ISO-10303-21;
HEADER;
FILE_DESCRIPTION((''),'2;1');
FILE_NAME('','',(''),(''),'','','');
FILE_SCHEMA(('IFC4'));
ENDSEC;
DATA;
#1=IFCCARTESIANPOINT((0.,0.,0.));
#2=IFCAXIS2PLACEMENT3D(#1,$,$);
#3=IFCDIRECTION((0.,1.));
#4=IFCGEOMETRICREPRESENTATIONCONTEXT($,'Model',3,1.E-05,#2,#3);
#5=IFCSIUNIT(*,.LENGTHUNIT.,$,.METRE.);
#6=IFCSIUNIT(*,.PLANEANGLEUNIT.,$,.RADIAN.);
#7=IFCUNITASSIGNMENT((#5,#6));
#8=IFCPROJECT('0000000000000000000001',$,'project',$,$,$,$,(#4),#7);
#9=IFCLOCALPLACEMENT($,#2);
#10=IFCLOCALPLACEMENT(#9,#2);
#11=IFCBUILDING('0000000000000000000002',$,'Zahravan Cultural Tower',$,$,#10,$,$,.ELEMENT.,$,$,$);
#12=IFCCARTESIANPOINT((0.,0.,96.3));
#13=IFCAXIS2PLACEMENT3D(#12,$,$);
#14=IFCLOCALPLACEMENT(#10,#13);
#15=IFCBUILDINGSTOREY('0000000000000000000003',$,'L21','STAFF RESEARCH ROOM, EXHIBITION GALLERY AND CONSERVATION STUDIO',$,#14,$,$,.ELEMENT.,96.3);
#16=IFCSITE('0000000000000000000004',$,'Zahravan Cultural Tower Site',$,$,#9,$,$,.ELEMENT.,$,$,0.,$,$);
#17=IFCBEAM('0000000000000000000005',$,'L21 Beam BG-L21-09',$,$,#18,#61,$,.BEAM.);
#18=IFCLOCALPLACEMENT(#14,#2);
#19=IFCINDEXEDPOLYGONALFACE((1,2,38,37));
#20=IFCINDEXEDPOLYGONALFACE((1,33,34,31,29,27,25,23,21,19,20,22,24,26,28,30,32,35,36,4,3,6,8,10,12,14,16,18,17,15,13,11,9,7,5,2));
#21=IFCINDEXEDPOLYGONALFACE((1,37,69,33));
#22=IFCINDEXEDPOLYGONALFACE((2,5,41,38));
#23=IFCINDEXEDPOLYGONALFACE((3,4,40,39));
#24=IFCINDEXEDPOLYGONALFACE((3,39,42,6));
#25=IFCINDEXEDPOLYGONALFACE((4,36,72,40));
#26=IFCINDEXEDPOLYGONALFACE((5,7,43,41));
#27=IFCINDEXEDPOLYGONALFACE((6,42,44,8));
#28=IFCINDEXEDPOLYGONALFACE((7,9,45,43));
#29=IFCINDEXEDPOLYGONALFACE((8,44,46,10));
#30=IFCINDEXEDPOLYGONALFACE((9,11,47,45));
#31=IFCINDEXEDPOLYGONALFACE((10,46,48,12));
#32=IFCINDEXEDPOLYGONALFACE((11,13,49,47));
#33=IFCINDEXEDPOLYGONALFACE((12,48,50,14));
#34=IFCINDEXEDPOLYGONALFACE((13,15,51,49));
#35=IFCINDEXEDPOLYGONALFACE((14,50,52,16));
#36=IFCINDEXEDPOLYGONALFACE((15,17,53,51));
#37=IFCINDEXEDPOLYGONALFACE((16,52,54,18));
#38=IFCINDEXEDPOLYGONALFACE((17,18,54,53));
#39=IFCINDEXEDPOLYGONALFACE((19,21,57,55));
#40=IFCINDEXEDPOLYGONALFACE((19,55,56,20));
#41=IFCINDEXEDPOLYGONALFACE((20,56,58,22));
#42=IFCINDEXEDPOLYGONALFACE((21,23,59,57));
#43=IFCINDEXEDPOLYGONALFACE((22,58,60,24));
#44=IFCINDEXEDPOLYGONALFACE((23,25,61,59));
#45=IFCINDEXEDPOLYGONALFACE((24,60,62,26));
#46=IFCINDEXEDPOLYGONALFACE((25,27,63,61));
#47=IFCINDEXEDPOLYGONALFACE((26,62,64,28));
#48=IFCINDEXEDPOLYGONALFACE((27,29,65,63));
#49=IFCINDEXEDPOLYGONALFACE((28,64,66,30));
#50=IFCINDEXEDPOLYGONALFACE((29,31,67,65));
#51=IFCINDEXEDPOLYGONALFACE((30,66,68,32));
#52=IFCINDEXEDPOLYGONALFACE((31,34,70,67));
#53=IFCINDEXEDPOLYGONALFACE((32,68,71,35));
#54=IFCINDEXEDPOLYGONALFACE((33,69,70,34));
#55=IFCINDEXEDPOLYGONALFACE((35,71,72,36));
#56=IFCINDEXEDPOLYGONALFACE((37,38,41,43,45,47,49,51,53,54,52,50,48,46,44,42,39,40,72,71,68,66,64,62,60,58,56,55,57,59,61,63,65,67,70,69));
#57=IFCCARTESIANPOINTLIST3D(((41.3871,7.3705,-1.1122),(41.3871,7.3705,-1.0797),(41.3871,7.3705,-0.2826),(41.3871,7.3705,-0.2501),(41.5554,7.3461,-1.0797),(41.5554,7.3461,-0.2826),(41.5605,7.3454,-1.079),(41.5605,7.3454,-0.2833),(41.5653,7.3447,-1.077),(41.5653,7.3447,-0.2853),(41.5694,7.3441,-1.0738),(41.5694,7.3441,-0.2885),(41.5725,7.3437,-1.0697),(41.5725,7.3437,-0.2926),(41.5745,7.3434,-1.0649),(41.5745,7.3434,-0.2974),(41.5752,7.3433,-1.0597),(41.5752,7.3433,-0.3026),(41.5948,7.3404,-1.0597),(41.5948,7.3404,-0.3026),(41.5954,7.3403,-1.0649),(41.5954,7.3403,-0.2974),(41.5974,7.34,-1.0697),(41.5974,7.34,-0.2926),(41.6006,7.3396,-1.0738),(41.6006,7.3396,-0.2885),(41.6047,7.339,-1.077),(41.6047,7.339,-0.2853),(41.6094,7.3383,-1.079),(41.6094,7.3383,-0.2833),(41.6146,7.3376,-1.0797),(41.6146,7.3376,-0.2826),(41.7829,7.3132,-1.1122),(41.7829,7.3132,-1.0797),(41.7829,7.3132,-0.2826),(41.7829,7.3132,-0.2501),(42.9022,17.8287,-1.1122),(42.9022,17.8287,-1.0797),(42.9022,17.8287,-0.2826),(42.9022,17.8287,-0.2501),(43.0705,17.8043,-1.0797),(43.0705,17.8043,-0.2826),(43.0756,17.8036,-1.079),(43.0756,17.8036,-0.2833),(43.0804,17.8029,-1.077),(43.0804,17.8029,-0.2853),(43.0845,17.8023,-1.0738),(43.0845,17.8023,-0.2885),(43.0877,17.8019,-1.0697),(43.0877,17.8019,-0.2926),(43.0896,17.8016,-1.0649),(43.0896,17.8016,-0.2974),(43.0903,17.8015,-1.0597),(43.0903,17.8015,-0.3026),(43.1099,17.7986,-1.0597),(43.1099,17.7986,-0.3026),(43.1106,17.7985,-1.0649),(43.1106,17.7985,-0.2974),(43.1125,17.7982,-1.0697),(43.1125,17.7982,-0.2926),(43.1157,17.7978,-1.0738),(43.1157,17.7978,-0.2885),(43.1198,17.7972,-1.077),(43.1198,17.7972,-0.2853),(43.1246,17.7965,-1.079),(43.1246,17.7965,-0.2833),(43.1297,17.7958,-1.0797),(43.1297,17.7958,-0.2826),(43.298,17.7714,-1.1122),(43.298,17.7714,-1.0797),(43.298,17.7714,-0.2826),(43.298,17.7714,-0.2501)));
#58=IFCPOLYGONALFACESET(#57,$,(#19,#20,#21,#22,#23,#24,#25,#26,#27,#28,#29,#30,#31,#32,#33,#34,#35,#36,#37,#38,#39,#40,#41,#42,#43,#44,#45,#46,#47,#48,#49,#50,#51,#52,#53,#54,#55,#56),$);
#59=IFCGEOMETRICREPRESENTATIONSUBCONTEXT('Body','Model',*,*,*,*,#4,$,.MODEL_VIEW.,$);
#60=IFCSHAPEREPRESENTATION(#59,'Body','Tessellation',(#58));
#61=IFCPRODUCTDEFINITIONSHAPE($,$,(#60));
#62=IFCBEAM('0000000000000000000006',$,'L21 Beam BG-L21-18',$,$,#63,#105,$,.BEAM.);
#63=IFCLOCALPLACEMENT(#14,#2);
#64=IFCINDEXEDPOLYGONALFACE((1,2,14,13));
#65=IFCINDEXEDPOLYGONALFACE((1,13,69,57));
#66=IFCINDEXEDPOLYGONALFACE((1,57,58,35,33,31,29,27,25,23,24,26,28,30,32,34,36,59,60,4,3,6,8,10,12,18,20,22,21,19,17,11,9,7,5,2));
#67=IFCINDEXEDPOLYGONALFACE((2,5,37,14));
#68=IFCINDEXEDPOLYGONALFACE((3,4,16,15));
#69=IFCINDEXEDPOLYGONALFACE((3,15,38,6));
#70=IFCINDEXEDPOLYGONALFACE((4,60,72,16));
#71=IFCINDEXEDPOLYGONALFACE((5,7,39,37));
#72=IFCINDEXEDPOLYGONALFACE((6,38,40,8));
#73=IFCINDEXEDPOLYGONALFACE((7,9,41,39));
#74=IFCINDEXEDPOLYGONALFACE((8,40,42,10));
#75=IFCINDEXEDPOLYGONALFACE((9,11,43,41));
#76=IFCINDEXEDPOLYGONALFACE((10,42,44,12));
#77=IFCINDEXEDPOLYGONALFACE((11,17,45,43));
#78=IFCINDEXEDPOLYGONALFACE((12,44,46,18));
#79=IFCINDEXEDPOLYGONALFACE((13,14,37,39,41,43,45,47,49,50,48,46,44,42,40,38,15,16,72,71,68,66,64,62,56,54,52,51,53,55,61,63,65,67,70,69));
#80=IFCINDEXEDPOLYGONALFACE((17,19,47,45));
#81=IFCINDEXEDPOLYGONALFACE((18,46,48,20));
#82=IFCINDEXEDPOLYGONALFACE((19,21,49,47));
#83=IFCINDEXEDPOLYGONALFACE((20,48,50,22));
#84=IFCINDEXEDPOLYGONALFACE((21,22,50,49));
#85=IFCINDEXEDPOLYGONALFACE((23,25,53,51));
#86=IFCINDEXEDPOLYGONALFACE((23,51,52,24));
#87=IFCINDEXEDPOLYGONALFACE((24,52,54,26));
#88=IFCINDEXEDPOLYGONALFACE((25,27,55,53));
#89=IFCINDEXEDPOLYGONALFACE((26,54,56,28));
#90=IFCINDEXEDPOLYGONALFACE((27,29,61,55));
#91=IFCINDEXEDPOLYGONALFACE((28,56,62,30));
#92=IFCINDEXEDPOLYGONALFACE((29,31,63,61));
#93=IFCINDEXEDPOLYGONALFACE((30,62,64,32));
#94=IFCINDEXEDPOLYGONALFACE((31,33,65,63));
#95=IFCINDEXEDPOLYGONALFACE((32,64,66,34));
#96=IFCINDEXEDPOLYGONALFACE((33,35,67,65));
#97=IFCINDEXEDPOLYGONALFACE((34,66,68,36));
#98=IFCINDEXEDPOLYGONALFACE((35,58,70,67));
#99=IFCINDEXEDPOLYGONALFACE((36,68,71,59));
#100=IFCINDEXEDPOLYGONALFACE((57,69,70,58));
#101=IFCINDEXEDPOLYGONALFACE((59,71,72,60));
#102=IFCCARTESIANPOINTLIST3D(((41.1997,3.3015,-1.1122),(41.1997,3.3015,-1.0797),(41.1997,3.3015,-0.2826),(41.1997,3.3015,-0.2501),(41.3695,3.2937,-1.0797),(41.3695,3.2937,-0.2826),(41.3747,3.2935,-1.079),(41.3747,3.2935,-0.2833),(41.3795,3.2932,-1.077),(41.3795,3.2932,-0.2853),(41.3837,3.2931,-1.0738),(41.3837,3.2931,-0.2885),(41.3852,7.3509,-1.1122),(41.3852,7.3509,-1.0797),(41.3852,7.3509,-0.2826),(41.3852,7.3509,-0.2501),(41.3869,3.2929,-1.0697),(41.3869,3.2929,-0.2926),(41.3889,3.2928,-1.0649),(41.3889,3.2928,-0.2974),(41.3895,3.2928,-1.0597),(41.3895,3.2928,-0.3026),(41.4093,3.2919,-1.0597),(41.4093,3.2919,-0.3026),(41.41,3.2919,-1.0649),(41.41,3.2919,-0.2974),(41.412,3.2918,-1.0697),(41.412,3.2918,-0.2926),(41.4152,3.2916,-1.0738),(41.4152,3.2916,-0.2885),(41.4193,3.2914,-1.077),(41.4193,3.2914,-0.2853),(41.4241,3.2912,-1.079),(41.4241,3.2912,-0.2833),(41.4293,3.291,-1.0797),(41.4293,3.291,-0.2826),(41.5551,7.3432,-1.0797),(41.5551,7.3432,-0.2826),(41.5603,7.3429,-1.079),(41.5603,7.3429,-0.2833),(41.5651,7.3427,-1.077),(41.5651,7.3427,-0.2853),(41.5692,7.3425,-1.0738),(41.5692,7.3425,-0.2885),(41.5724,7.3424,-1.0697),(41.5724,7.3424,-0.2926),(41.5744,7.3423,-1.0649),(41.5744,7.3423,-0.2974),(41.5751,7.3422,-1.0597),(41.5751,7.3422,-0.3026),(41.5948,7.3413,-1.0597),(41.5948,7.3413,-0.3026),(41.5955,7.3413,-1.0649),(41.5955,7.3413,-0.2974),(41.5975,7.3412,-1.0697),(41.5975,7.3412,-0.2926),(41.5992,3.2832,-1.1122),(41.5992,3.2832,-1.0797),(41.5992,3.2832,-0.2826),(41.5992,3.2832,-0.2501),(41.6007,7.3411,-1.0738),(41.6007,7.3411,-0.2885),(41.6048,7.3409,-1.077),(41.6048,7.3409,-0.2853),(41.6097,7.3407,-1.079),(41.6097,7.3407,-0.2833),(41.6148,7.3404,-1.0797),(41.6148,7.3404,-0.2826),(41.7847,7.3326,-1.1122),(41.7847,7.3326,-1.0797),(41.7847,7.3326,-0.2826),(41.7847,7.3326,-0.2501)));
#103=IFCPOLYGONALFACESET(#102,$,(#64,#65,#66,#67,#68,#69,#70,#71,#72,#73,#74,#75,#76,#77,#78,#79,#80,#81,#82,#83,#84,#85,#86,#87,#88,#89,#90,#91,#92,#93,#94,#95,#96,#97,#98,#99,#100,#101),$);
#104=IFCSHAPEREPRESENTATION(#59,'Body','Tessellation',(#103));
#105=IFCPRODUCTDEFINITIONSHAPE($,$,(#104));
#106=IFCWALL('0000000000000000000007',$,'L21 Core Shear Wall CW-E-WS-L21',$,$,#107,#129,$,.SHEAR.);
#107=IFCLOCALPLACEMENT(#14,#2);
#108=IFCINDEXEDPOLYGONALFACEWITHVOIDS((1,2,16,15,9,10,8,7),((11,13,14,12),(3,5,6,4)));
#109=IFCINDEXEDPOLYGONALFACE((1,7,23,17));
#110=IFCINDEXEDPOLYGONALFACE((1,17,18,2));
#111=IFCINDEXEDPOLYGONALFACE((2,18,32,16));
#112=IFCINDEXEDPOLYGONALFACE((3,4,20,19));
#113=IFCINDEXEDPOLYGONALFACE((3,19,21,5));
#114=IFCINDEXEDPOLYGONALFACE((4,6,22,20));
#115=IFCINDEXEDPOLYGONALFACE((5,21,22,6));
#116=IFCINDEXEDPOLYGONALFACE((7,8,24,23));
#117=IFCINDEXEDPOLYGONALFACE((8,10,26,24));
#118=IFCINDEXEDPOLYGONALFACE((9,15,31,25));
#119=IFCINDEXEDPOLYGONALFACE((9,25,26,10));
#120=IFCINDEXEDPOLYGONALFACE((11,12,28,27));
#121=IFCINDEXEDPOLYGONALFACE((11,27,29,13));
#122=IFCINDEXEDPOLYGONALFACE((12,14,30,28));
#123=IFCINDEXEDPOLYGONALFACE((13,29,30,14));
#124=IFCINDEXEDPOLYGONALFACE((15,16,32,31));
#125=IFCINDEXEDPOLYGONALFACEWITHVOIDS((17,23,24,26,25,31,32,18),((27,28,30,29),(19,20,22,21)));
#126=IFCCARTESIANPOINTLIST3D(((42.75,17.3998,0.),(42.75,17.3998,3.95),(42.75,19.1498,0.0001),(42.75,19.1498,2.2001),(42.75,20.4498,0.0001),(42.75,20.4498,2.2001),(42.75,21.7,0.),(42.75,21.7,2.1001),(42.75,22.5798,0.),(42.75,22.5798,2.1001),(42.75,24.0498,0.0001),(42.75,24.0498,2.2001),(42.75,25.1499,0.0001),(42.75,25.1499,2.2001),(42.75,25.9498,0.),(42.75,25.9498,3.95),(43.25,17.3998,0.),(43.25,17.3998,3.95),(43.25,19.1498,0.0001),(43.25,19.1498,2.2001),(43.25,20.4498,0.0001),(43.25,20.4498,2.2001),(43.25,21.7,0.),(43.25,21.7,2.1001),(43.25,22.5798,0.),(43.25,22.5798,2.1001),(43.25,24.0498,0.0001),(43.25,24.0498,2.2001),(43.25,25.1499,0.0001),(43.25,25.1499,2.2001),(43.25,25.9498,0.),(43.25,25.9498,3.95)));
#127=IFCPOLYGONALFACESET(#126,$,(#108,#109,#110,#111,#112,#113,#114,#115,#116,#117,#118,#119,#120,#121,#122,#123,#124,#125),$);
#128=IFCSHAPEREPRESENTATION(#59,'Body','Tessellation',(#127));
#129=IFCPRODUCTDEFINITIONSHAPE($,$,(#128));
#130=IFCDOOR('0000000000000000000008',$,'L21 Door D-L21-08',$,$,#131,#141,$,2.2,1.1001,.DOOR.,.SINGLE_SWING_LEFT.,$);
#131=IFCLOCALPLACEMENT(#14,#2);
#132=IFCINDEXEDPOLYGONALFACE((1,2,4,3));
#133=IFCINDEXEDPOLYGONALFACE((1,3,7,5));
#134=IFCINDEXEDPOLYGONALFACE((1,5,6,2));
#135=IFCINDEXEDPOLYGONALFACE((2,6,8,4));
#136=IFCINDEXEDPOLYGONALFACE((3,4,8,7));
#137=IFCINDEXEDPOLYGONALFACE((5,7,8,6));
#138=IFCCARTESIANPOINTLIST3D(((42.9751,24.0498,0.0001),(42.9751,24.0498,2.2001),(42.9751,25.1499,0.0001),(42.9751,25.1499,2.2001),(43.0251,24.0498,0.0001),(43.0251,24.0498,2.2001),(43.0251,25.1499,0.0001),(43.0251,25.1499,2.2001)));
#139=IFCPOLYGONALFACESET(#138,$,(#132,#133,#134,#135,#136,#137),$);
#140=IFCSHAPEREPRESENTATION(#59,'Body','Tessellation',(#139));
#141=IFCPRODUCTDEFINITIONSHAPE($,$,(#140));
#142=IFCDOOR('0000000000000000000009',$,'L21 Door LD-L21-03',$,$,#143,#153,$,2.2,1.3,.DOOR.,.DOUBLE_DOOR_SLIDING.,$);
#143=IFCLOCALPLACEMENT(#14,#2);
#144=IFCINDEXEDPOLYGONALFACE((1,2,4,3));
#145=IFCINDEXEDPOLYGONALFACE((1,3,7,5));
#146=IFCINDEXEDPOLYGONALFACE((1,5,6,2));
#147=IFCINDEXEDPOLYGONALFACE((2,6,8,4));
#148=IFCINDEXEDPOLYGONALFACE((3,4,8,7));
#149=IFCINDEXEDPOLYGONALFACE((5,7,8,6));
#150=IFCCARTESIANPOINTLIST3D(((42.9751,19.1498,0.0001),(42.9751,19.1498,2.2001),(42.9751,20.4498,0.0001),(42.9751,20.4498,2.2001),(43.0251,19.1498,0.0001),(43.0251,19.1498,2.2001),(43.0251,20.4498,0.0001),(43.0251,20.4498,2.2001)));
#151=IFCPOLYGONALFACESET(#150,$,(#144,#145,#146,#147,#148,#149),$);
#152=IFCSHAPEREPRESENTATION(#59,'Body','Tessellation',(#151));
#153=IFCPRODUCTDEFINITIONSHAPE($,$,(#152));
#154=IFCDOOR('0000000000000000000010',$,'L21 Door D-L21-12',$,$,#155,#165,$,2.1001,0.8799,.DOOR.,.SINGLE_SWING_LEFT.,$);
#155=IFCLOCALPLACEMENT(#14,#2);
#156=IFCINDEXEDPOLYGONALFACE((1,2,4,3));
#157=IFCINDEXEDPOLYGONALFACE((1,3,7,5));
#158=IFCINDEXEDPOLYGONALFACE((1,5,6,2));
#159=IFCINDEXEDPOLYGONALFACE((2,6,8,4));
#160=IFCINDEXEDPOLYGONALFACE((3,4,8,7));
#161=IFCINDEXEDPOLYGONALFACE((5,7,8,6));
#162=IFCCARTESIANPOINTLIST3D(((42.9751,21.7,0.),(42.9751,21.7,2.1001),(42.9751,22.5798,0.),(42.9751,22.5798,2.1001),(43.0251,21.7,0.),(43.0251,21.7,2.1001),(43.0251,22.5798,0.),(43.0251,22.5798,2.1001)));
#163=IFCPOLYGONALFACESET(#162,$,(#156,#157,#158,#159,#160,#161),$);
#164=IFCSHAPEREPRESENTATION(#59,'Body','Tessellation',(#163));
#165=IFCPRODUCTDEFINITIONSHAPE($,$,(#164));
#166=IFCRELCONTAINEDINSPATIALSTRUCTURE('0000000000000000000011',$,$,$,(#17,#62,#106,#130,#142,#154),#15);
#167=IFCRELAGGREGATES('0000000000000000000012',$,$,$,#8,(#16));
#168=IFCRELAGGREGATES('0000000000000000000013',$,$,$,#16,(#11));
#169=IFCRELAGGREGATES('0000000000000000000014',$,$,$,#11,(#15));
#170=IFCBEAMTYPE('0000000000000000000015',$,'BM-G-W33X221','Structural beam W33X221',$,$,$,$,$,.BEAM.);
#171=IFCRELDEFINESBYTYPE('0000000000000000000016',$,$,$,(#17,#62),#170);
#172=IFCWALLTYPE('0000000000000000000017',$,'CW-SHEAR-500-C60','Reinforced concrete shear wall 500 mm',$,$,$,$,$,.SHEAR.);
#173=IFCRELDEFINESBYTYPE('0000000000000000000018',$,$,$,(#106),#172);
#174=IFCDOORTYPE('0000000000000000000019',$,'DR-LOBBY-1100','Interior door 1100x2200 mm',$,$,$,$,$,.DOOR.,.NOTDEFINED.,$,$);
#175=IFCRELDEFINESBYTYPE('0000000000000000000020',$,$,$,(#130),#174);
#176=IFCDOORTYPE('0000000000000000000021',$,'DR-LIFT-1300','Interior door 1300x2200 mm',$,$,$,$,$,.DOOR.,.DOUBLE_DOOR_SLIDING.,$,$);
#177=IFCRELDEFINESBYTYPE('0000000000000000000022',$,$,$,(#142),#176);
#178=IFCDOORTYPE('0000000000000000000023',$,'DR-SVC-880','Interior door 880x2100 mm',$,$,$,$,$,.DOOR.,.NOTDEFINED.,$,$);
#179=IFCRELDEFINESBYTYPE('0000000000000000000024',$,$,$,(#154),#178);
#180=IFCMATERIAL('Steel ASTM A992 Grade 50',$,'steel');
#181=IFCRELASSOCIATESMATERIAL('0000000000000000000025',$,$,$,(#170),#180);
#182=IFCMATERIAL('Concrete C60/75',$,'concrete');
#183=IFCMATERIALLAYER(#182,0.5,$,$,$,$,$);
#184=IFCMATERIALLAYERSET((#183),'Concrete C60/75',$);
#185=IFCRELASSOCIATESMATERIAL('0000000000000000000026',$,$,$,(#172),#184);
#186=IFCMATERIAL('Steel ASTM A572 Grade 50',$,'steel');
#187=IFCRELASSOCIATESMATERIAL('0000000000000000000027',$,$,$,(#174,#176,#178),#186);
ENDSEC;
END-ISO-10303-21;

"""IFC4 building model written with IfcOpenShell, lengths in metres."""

from ifc_helpers import new_model, si_unit, direction, frame, frame_2d, origin, origin_2d, place, context, subcontext, project, spatial, rectangle, i_section, extrude, source, transform, mapped, material, layer, layer_set, material_profile, profile_set, type_object, element, fill, save


model = new_model("IFC4")

# Units and contexts
model_context = context("Model", 3, precision=1e-05, world=origin(), true_north=direction((0.0, 1.0)))
body_context = subcontext(model_context, "Body", "Model", "MODEL_VIEW")
ifc_project = project(units=[si_unit("LENGTHUNIT", "METRE"), si_unit("PLANEANGLEUNIT", "RADIAN")], contexts=[model_context])

# Site, building, storey
site_placement = place(None, origin())
site = spatial("IfcSite", under=ifc_project, at=site_placement, Name="Zahravan Cultural Tower Site", CompositionType="ELEMENT", RefElevation=0.0)
building_placement = place(site_placement, origin())
building = spatial("IfcBuilding", under=site, at=building_placement, Name="Zahravan Cultural Tower", CompositionType="ELEMENT")
storey_placement = place(building_placement, frame((0.0, 0.0, 96.3)))
storey = spatial("IfcBuildingStorey", under=building, at=storey_placement, Name="L21", Description="STAFF RESEARCH ROOM, EXHIBITION GALLERY AND CONSERVATION STUDIO", CompositionType="ELEMENT", Elevation=96.3)

# Shared definitions
ifc_material_1 = material(Name="Concrete C60/75", Category="concrete")
ifc_material_2 = material(Name="Steel ASTM A992 Grade 50", Category="steel")

# Beams
ifc_material_profile_1 = material_profile(ifc_material_2, i_section(OverallWidth=0.3999, OverallDepth=0.8621, WebThickness=0.0198, FlangeThickness=0.0325, FilletRadius=0.02, at=origin_2d()), Name="W33X221")
ifc_profile_set_1 = profile_set([ifc_material_profile_1], Name="Steel ASTM A992 Grade 50")
beam_type_1 = type_object("IfcBeamType", Name="BM-G-W33X221", Description="Structural beam W33X221", PredefinedType="BEAM", material=ifc_profile_set_1)
shared_shape_1 = source(origin(), body_context, "Body", "SweptSolid", [
    extrude(i_section(OverallWidth=0.3999, OverallDepth=0.8621, WebThickness=0.0198, FlangeThickness=0.0325, FilletRadius=0.02, at=origin_2d()), origin(), (0.0, 0.0, 1.0), 10.5674),
])
beam_1_placement = place(storey_placement, frame((43.1001, 17.8, -0.6812), z_axis=(-0.143378, -0.989668, 0.0), x_axis=(0.989668, -0.143378, 0.0)))
element("IfcBeam", 1, at=beam_1_placement, inside=storey, type_object=beam_type_1, Name="L21 Beam BG-L21-09", PredefinedType="BEAM", context=body_context, shape_type="MappedRepresentation", body=[
    mapped(shared_shape_1, transform((0.0, 0.0, 0.0), x_axis=(1.0, 0.0, 0.0), y_axis=(0.0, 1.0, 0.0), z_axis=(0.0, 0.0, 1.0), scale=1.0)),
])
shared_shape_2 = source(origin(), body_context, "Body", "SweptSolid", [
    extrude(i_section(OverallWidth=0.3999, OverallDepth=0.8621, WebThickness=0.0198, FlangeThickness=0.0325, FilletRadius=0.02, at=origin_2d()), origin(), (0.0, 0.0, 1.0), 4.0537),
])
beam_2_placement = place(storey_placement, frame((41.585, 7.3418, -0.6812), z_axis=(-0.045771, -0.998952, 0.0), x_axis=(0.998952, -0.045771, 0.0)))
element("IfcBeam", 2, at=beam_2_placement, inside=storey, type_object=beam_type_1, Name="L21 Beam BG-L21-18", PredefinedType="BEAM", context=body_context, shape_type="MappedRepresentation", body=[
    mapped(shared_shape_2, transform((0.0, 0.0, 0.0), x_axis=(1.0, 0.0, 0.0), y_axis=(0.0, 1.0, 0.0), z_axis=(0.0, 0.0, 1.0), scale=1.0)),
])

# Wall, openings, doors
ifc_layer_1 = layer(ifc_material_1, 0.5)
ifc_layer_set_1 = layer_set([ifc_layer_1], Name="Concrete C60/75")
wall_type_1 = type_object("IfcWallType", Name="CW-SHEAR-500-C60", Description="Reinforced concrete shear wall 500 mm", PredefinedType="SHEAR", material=ifc_layer_set_1)
wall_1_placement = place(storey_placement, frame((43.0, 17.3999, 0.0), z_axis=(0.0, 0.0, 1.0), x_axis=(0.0, 1.0, 0.0)))
wall_1 = element("IfcWall", 3, at=wall_1_placement, inside=storey, type_object=wall_type_1, Name="L21 Core Shear Wall CW-E-WS-L21", PredefinedType="SHEAR", context=body_context, shape_type="SweptSolid", body=[
    extrude(rectangle(XDim=8.55, YDim=0.5, at=frame_2d((4.2749, 0.0))), origin(), (0.0, 0.0, 1.0), 3.95),
])
opening_1_placement = place(wall_1_placement, frame((6.6499, 0.0, 0.0)))
opening_1 = element("IfcOpeningElement", 4, at=opening_1_placement, cuts=wall_1, PredefinedType="OPENING", context=body_context, shape_type="SweptSolid", body=[
    extrude(rectangle(XDim=1.1001, YDim=2.2, at=frame_2d((0.55, 1.1001))), frame((0.0, 0.26, 0.0), z_axis=(0.0, -1.0, 0.0), x_axis=(1.0, 0.0, 0.0)), (0.0, 0.0, 1.0), 0.52),
])
opening_2_placement = place(wall_1_placement, frame((1.75, 0.0, 0.0)))
opening_2 = element("IfcOpeningElement", 5, at=opening_2_placement, cuts=wall_1, PredefinedType="OPENING", context=body_context, shape_type="SweptSolid", body=[
    extrude(rectangle(XDim=1.3, YDim=2.2, at=frame_2d((0.6499, 1.1001))), frame((0.0, 0.26, 0.0), z_axis=(0.0, -1.0, 0.0), x_axis=(1.0, 0.0, 0.0)), (0.0, 0.0, 1.0), 0.52),
])
opening_3_placement = place(wall_1_placement, frame((4.3, 0.0, 0.0)))
opening_3 = element("IfcOpeningElement", 6, at=opening_3_placement, cuts=wall_1, PredefinedType="OPENING", context=body_context, shape_type="SweptSolid", body=[
    extrude(rectangle(XDim=0.8799, YDim=2.1001, at=frame_2d((0.4399, 1.05))), frame((0.0, 0.26, 0.0), z_axis=(0.0, -1.0, 0.0), x_axis=(1.0, 0.0, 0.0)), (0.0, 0.0, 1.0), 0.52),
])
ifc_material_3 = material(Name="Steel ASTM A572 Grade 50", Category="steel")
door_type_1 = type_object("IfcDoorType", Name="DR-LOBBY-1100", Description="Interior door 1100x2200 mm", OperationType="NOTDEFINED", PredefinedType="DOOR", material=ifc_material_3)
shared_shape_3 = source(origin(), body_context, "Body", "SweptSolid", [
    extrude(rectangle(XDim=1.1001, YDim=2.2, at=frame_2d((0.55, 1.1001))), frame((0.0, 0.0249, 0.0), z_axis=(0.0, -1.0, 0.0), x_axis=(1.0, 0.0, 0.0)), (0.0, 0.0, 1.0), 0.05),
])
door_1_placement = place(opening_1_placement, origin())
door_1 = element("IfcDoor", 7, at=door_1_placement, inside=storey, type_object=door_type_1, Name="L21 Door D-L21-08", OperationType="SINGLE_SWING_LEFT", OverallHeight=2.2, OverallWidth=1.1001, PredefinedType="DOOR", context=body_context, shape_type="MappedRepresentation", body=[
    mapped(shared_shape_3, transform((0.0, 0.0, 0.0), x_axis=(1.0, 0.0, 0.0), y_axis=(0.0, 1.0, 0.0), z_axis=(0.0, 0.0, 1.0), scale=1.0)),
])
fill(opening_1, door_1)
door_type_2 = type_object("IfcDoorType", Name="DR-LIFT-1300", Description="Interior door 1300x2200 mm", OperationType="DOUBLE_DOOR_SLIDING", PredefinedType="DOOR", material=ifc_material_3)
shared_shape_4 = source(origin(), body_context, "Body", "SweptSolid", [
    extrude(rectangle(XDim=1.3, YDim=2.2, at=frame_2d((0.6499, 1.1001))), frame((0.0, 0.0249, 0.0), z_axis=(0.0, -1.0, 0.0), x_axis=(1.0, 0.0, 0.0)), (0.0, 0.0, 1.0), 0.05),
])
door_2_placement = place(opening_2_placement, origin())
door_2 = element("IfcDoor", 8, at=door_2_placement, inside=storey, type_object=door_type_2, Name="L21 Door LD-L21-03", OperationType="DOUBLE_DOOR_SLIDING", OverallHeight=2.2, OverallWidth=1.3, PredefinedType="DOOR", context=body_context, shape_type="MappedRepresentation", body=[
    mapped(shared_shape_4, transform((0.0, 0.0, 0.0), x_axis=(1.0, 0.0, 0.0), y_axis=(0.0, 1.0, 0.0), z_axis=(0.0, 0.0, 1.0), scale=1.0)),
])
fill(opening_2, door_2)
door_type_3 = type_object("IfcDoorType", Name="DR-SVC-880", Description="Interior door 880x2100 mm", OperationType="NOTDEFINED", PredefinedType="DOOR", material=ifc_material_3)
shared_shape_5 = source(origin(), body_context, "Body", "SweptSolid", [
    extrude(rectangle(XDim=0.8799, YDim=2.1001, at=frame_2d((0.4399, 1.05))), frame((0.0, 0.0249, 0.0), z_axis=(0.0, -1.0, 0.0), x_axis=(1.0, 0.0, 0.0)), (0.0, 0.0, 1.0), 0.05),
])
door_3_placement = place(opening_3_placement, origin())
door_3 = element("IfcDoor", 9, at=door_3_placement, inside=storey, type_object=door_type_3, Name="L21 Door D-L21-12", OperationType="SINGLE_SWING_LEFT", OverallHeight=2.1001, OverallWidth=0.8799, PredefinedType="DOOR", context=body_context, shape_type="MappedRepresentation", body=[
    mapped(shared_shape_5, transform((0.0, 0.0, 0.0), x_axis=(1.0, 0.0, 0.0), y_axis=(0.0, 1.0, 0.0), z_axis=(0.0, 0.0, 1.0), scale=1.0)),
])
fill(opening_3, door_3)

save(model, "model.ifc")
